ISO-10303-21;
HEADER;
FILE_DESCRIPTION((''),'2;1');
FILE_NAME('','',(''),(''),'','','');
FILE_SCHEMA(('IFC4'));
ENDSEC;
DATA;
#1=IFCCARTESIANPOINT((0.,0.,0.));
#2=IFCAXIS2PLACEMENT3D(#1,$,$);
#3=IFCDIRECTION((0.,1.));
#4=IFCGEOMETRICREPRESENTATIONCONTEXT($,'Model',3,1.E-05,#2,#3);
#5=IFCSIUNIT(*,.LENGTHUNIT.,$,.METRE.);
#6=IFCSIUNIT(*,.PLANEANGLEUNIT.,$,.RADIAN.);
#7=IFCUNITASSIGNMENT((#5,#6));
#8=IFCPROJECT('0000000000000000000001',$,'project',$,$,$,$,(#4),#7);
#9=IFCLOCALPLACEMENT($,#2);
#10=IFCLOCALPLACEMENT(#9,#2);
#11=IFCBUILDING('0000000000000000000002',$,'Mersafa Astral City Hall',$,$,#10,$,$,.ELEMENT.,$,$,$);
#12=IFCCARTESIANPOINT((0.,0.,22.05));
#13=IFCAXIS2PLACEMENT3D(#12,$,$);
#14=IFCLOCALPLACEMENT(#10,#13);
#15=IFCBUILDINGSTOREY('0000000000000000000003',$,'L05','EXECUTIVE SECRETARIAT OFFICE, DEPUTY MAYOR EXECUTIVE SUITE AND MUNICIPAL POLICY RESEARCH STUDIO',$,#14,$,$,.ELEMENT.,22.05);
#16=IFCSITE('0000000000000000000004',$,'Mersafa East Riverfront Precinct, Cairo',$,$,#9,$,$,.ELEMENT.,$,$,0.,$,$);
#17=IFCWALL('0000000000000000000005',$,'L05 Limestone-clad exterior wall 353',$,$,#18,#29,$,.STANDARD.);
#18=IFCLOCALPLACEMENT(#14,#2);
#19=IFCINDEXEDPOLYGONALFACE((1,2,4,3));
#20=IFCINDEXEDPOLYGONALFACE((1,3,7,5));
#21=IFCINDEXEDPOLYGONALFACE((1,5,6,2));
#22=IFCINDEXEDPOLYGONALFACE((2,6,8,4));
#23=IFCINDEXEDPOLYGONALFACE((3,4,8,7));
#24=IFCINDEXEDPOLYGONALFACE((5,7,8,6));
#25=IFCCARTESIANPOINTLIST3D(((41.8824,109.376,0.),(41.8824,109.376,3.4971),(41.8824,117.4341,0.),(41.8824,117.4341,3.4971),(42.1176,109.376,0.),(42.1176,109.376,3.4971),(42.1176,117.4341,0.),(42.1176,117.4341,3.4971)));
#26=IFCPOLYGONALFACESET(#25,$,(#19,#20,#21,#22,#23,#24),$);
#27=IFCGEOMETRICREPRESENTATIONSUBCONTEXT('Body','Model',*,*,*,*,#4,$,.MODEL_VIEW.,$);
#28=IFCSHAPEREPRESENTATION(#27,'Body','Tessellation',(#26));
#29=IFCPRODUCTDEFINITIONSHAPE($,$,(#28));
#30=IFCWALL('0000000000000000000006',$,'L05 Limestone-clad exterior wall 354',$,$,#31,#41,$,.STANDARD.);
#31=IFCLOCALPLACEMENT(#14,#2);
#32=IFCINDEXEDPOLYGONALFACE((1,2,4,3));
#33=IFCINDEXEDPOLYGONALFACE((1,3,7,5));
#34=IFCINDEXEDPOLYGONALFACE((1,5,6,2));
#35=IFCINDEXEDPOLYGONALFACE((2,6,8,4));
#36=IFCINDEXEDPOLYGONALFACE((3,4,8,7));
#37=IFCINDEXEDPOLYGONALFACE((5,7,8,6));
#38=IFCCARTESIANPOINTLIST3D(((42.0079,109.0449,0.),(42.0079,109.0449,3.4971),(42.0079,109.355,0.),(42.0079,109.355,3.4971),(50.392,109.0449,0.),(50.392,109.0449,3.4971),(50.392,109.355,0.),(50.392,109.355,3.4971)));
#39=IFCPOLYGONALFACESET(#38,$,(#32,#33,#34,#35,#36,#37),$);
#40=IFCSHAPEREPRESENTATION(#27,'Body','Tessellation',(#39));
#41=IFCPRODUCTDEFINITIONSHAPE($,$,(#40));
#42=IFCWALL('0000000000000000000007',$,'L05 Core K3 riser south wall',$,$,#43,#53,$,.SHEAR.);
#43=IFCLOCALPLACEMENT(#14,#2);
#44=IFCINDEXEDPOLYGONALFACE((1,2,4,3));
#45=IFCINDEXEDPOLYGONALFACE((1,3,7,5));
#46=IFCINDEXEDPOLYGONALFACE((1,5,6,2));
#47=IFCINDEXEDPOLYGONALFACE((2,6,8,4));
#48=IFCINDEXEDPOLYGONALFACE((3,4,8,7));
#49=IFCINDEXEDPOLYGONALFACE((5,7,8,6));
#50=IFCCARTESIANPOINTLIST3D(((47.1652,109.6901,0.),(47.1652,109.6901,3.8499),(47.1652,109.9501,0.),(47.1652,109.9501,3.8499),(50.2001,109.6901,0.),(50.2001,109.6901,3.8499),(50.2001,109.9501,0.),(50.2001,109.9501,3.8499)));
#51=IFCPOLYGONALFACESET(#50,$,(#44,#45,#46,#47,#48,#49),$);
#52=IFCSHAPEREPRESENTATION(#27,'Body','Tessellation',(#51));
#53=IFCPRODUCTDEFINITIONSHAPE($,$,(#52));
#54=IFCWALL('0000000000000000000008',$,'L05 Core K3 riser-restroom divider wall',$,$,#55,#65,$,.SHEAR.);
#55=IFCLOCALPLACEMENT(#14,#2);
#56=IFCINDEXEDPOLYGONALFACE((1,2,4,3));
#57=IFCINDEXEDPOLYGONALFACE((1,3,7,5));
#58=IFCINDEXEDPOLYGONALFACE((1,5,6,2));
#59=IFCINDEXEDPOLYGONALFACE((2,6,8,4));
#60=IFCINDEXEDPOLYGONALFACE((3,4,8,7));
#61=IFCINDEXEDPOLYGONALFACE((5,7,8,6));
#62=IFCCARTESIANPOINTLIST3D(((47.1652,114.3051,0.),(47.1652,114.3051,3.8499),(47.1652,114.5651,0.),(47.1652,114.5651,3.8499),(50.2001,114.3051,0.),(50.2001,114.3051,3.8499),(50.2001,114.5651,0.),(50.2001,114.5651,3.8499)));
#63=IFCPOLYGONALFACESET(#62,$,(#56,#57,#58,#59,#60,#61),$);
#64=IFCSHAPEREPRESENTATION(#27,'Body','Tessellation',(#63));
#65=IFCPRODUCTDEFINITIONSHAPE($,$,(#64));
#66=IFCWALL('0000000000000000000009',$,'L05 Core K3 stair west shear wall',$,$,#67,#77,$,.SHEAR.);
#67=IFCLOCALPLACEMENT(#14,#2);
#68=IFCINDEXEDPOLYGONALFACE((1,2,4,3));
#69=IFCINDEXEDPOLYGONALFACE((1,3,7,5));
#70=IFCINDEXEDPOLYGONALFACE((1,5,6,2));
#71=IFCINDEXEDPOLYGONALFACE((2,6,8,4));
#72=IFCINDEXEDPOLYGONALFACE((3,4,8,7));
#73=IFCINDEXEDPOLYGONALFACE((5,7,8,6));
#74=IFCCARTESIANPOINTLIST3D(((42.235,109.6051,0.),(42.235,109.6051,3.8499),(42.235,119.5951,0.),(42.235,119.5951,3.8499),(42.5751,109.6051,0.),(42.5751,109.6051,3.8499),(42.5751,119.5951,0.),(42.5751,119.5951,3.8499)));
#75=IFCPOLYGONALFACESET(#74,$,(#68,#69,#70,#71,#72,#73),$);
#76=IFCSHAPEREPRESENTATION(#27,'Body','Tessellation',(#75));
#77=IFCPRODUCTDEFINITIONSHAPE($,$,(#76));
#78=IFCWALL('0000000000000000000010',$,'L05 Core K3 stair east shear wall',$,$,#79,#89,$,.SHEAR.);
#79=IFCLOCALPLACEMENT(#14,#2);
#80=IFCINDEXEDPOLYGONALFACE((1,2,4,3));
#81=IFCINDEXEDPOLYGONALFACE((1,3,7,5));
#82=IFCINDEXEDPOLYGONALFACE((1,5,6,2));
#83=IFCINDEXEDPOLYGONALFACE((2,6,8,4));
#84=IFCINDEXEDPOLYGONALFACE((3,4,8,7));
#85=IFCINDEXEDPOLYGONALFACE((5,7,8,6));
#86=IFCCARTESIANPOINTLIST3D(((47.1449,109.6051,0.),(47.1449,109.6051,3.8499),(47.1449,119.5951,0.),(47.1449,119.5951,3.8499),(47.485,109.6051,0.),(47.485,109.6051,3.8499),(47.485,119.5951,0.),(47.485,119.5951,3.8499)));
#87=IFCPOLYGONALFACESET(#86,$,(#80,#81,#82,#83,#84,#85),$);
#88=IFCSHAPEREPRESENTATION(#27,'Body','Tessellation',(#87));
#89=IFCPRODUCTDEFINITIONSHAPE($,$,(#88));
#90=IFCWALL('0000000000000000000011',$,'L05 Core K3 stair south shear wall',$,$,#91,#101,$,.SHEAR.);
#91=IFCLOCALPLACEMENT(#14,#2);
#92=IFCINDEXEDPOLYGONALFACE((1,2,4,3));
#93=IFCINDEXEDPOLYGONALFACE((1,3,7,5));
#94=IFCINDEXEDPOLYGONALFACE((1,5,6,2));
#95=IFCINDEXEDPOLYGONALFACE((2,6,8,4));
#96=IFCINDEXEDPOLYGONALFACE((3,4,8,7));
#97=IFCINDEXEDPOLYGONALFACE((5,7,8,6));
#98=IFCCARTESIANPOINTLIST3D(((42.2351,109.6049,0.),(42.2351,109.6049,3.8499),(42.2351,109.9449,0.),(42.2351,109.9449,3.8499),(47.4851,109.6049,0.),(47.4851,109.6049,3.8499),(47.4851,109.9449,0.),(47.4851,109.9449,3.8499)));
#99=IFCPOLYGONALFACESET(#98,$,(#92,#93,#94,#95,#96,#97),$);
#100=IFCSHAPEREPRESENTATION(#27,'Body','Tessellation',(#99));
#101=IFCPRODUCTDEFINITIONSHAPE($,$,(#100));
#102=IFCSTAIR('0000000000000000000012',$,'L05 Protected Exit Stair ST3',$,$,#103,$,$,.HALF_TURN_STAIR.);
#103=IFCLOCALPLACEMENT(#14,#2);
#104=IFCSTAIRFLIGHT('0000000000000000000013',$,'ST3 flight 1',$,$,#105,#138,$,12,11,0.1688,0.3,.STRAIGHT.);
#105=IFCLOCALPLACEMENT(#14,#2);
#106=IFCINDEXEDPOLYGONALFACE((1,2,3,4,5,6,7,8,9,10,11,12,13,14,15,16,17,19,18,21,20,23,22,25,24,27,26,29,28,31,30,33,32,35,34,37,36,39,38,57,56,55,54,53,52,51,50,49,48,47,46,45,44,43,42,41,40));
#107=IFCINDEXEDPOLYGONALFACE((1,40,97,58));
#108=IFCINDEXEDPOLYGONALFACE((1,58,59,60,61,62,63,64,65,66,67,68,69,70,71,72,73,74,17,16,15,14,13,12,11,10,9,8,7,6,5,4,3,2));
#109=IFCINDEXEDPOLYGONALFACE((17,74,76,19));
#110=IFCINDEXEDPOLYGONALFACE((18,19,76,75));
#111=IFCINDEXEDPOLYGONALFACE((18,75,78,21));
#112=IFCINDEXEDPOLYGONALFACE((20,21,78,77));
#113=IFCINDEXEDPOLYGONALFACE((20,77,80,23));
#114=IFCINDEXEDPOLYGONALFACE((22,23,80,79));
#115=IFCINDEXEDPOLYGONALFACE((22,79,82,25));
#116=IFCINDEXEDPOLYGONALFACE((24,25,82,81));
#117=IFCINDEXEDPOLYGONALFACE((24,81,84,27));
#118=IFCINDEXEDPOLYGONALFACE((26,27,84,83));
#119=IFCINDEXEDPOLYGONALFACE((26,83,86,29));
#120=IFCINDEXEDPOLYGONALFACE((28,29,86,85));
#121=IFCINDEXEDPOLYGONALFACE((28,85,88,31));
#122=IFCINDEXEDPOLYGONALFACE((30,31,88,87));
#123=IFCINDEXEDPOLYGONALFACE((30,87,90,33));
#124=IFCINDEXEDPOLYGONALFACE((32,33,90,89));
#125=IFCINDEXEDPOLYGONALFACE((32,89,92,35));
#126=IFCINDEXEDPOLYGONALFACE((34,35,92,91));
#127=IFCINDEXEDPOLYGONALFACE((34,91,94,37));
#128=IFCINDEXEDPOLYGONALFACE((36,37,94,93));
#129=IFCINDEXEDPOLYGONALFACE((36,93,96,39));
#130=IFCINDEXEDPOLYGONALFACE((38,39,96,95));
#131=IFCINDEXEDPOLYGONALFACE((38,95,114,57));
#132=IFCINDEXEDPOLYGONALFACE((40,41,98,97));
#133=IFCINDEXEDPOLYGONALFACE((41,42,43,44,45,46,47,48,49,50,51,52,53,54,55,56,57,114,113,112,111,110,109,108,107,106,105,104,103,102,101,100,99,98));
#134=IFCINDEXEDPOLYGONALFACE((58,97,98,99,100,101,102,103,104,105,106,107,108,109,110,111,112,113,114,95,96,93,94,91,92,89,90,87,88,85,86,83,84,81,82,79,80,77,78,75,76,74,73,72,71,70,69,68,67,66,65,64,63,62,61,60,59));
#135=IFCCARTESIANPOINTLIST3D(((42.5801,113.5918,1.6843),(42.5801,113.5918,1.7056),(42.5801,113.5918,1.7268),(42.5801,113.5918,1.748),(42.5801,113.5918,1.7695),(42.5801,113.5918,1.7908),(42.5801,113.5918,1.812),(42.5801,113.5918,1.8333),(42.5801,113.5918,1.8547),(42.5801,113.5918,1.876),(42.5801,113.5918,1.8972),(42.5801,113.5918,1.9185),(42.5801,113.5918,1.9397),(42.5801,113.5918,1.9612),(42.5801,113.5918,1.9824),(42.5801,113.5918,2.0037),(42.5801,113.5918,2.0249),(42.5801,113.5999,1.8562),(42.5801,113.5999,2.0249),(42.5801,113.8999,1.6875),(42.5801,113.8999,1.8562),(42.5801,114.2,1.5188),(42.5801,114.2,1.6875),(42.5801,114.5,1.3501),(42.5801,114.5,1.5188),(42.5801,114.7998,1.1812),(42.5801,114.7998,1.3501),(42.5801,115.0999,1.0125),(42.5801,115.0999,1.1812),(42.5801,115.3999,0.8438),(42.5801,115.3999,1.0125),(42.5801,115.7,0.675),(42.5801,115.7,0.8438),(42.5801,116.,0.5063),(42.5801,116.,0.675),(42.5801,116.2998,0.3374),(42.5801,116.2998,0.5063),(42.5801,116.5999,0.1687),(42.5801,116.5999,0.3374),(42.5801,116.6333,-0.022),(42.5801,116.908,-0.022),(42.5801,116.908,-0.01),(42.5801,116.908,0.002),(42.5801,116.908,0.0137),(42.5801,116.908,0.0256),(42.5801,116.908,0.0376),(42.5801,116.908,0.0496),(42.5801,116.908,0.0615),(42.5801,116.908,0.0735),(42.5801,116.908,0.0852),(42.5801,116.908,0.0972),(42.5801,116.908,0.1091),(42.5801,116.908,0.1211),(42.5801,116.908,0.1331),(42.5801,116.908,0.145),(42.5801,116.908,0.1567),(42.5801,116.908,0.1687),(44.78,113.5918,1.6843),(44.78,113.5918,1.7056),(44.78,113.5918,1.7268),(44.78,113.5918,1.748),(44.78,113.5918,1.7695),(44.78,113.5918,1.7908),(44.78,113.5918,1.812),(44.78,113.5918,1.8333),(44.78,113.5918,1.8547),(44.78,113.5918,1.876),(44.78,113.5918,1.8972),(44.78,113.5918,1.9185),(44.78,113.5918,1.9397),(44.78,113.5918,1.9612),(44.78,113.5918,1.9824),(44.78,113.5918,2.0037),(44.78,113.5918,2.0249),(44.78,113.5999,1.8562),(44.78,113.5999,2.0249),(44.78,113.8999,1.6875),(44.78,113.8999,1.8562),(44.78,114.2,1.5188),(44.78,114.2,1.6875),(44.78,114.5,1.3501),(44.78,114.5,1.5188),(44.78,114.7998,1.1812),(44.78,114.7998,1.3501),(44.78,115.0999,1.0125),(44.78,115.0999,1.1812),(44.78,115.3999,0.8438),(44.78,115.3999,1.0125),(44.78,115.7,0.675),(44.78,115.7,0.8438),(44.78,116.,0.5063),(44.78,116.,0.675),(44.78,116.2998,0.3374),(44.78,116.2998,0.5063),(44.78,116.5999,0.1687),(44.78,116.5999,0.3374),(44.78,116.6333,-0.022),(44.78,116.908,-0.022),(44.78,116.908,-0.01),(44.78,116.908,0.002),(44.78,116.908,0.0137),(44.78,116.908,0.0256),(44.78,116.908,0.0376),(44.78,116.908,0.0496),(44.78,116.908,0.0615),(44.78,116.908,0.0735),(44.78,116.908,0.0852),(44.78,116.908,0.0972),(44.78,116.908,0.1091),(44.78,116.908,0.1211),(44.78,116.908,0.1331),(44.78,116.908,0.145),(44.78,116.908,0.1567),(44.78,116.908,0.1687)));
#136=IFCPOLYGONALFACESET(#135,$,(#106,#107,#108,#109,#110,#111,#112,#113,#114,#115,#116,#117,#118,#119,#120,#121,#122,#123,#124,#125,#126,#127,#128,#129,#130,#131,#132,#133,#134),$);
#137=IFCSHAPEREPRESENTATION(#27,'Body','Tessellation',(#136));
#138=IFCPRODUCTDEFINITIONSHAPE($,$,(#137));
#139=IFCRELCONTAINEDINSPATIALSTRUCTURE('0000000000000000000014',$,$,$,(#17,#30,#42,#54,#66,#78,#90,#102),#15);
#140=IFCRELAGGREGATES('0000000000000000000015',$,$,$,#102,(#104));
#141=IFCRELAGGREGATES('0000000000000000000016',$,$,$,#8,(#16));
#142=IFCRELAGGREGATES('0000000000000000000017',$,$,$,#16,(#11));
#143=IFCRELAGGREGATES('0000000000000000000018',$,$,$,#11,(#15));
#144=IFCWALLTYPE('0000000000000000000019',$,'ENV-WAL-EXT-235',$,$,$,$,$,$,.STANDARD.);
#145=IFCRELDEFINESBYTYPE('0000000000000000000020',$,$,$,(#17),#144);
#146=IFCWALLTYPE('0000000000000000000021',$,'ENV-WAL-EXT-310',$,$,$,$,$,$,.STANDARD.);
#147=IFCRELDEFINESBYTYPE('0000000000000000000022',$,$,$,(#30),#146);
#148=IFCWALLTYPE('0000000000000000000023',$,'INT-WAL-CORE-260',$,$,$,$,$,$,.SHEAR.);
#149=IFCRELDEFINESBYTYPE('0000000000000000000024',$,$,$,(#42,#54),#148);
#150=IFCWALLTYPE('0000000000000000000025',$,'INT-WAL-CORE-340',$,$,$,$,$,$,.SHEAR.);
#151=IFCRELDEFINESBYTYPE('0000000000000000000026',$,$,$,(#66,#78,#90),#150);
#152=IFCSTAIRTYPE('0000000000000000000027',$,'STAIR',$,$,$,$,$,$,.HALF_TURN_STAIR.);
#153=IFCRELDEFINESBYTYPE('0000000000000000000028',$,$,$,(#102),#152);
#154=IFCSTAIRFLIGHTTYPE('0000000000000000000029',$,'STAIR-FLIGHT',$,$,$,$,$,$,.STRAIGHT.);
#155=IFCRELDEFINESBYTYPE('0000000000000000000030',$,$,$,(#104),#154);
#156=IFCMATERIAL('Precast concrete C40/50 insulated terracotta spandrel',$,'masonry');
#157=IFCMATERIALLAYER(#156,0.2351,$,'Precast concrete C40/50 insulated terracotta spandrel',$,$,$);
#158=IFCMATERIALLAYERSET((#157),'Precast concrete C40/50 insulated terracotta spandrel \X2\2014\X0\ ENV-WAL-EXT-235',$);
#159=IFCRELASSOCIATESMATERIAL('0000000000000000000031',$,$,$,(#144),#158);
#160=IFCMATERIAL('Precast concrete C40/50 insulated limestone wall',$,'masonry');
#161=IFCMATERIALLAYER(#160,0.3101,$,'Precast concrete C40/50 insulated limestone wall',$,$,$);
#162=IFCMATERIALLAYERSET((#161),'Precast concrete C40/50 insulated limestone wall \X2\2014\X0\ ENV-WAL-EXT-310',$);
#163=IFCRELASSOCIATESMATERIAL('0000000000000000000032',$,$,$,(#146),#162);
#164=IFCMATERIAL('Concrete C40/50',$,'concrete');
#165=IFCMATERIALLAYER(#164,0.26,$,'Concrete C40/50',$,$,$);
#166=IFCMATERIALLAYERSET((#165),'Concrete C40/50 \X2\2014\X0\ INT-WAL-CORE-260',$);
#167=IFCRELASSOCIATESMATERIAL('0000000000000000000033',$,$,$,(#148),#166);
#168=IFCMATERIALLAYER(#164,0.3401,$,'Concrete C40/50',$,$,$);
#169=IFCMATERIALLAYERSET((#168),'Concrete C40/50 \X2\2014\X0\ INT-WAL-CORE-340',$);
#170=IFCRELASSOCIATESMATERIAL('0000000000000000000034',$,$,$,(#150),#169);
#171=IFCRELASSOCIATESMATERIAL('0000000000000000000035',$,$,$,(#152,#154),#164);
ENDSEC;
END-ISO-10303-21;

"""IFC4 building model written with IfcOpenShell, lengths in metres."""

from ifc_helpers import new_model, si_unit, direction, frame, frame_2d, origin, place, context, subcontext, project, spatial, polyline, rectangle, outline, extrude, material, layer, layer_set, type_object, element, aggregate, save


model = new_model("IFC4")

# Units and contexts
model_context = context("Model", 3, precision=1e-05, world=origin(), true_north=direction((0.0, 1.0)))
body_context = subcontext(model_context, "Body", "Model", "MODEL_VIEW")
ifc_project = project(units=[si_unit("LENGTHUNIT", "METRE"), si_unit("PLANEANGLEUNIT", "RADIAN")], contexts=[model_context])

# Site, building, storey
site_placement = place(None, origin())
site = spatial("IfcSite", under=ifc_project, at=site_placement, Name="Mersafa East Riverfront Precinct, Cairo", CompositionType="ELEMENT", RefElevation=0.0)
building_placement = place(site_placement, origin())
building = spatial("IfcBuilding", under=site, at=building_placement, Name="Mersafa Astral City Hall", CompositionType="ELEMENT")
storey_placement = place(building_placement, frame((0.0, 0.0, 22.05)))
storey = spatial("IfcBuildingStorey", under=building, at=storey_placement, Name="L05", Description="EXECUTIVE SECRETARIAT OFFICE, DEPUTY MAYOR EXECUTIVE SUITE AND MUNICIPAL POLICY RESEARCH STUDIO", CompositionType="ELEMENT", Elevation=22.05)

# Walls
ifc_material_1 = material(Name="Precast concrete C40/50 insulated terracotta spandrel", Category="masonry")
ifc_layer_1 = layer(ifc_material_1, 0.2351, Name="Precast concrete C40/50 insulated terracotta spandrel")
ifc_layer_set_1 = layer_set([ifc_layer_1], Name="Precast concrete C40/50 insulated terracotta spandrel — ENV-WAL-EXT-235")
wall_type_1 = type_object("IfcWallType", Name="ENV-WAL-EXT-235", PredefinedType="STANDARD", material=ifc_layer_set_1)
wall_1_placement = place(storey_placement, frame((42.0, 117.4341, 0.0), z_axis=(0.0, 0.0, 1.0), x_axis=(0.0, -1.0, 0.0)))
element("IfcWall", 1, at=wall_1_placement, inside=storey, type_object=wall_type_1, Name="L05 Limestone-clad exterior wall 353", PredefinedType="STANDARD", context=body_context, shape_type="SweptSolid", body=[
    extrude(rectangle(XDim=8.0581, YDim=0.2351, at=frame_2d((4.0291, 0.0))), origin(), (0.0, 0.0, 1.0), 3.4971),
])
ifc_material_2 = material(Name="Precast concrete C40/50 insulated limestone wall", Category="masonry")
ifc_layer_2 = layer(ifc_material_2, 0.3101, Name="Precast concrete C40/50 insulated limestone wall")
ifc_layer_set_2 = layer_set([ifc_layer_2], Name="Precast concrete C40/50 insulated limestone wall — ENV-WAL-EXT-310")
wall_type_2 = type_object("IfcWallType", Name="ENV-WAL-EXT-310", PredefinedType="STANDARD", material=ifc_layer_set_2)
wall_2_placement = place(storey_placement, frame((42.0081, 109.2, 0.0), z_axis=(0.0, 0.0, 1.0), x_axis=(1.0, 0.0, 0.0)))
element("IfcWall", 2, at=wall_2_placement, inside=storey, type_object=wall_type_2, Name="L05 Limestone-clad exterior wall 354", PredefinedType="STANDARD", context=body_context, shape_type="SweptSolid", body=[
    extrude(rectangle(XDim=8.384, YDim=0.3101, at=frame_2d((4.1919, 0.0))), origin(), (0.0, 0.0, 1.0), 3.4971),
])
ifc_material_3 = material(Name="Concrete C40/50", Category="concrete")
ifc_layer_3 = layer(ifc_material_3, 0.26, Name="Concrete C40/50")
ifc_layer_set_3 = layer_set([ifc_layer_3], Name="Concrete C40/50 — INT-WAL-CORE-260")
wall_type_3 = type_object("IfcWallType", Name="INT-WAL-CORE-260", PredefinedType="SHEAR", material=ifc_layer_set_3)
for number, where, z_axis, x_axis, name in (
    (3, (47.165, 109.8201, 0.0), (0.0, 0.0, 1.0), (1.0, 0.0, 0.0), "L05 Core K3 riser south wall"),
    (4, (47.165, 114.4351, 0.0), (0.0, 0.0, 1.0), (1.0, 0.0, 0.0), "L05 Core K3 riser-restroom divider wall"),
):
    element("IfcWall", number, at=place(storey_placement, frame(where, z_axis=z_axis, x_axis=x_axis)), inside=storey, type_object=wall_type_3, Name=name, PredefinedType="SHEAR", context=body_context, shape_type="SweptSolid", body=[
        extrude(rectangle(XDim=3.0349, YDim=0.26, at=frame_2d((1.5176, 0.0))), origin(), (0.0, 0.0, 1.0), 3.8499),
    ])
ifc_layer_4 = layer(ifc_material_3, 0.3401, Name="Concrete C40/50")
ifc_layer_set_4 = layer_set([ifc_layer_4], Name="Concrete C40/50 — INT-WAL-CORE-340")
wall_type_4 = type_object("IfcWallType", Name="INT-WAL-CORE-340", PredefinedType="SHEAR", material=ifc_layer_set_4)
for number, where, z_axis, x_axis, name in (
    (5, (42.405, 109.605, 0.0), (0.0, 0.0, 1.0), (0.0, 1.0, 0.0), "L05 Core K3 stair west shear wall"),
    (6, (47.3149, 109.605, 0.0), (0.0, 0.0, 1.0), (0.0, 1.0, 0.0), "L05 Core K3 stair east shear wall"),
):
    element("IfcWall", number, at=place(storey_placement, frame(where, z_axis=z_axis, x_axis=x_axis)), inside=storey, type_object=wall_type_4, Name=name, PredefinedType="SHEAR", context=body_context, shape_type="SweptSolid", body=[
        extrude(rectangle(XDim=9.99, YDim=0.3401, at=frame_2d((4.9951, 0.0))), origin(), (0.0, 0.0, 1.0), 3.8499),
    ])
wall_3_placement = place(storey_placement, frame((42.2351, 109.7749, 0.0), z_axis=(0.0, 0.0, 1.0), x_axis=(1.0, 0.0, 0.0)))
element("IfcWall", 7, at=wall_3_placement, inside=storey, type_object=wall_type_4, Name="L05 Core K3 stair south shear wall", PredefinedType="SHEAR", context=body_context, shape_type="SweptSolid", body=[
    extrude(rectangle(XDim=5.25, YDim=0.3401, at=frame_2d((2.625, 0.0))), origin(), (0.0, 0.0, 1.0), 3.8499),
])

# Stair, stair flight
stair_type = type_object("IfcStairType", Name="STAIR", PredefinedType="HALF_TURN_STAIR", material=ifc_material_3)
stair_placement = place(storey_placement, origin())
stair = element("IfcStair", 8, at=stair_placement, inside=storey, type_object=stair_type, Name="L05 Protected Exit Stair ST3", PredefinedType="HALF_TURN_STAIR")
stair_flight_type = type_object("IfcStairFlightType", Name="STAIR-FLIGHT", PredefinedType="STRAIGHT", material=ifc_material_3)
stair_flight_1_placement = place(storey_placement, frame((43.6799, 116.8999, 0.0), z_axis=(0.0, 0.0, 1.0), x_axis=(0.0, -1.0, 0.0)))
stair_flight_1 = element("IfcStairFlight", 9, at=stair_flight_1_placement, type_object=stair_flight_type, Name="ST3 flight 1", NumberOfRisers=12, NumberOfTreads=11, PredefinedType="STRAIGHT", RiserHeight=0.1688, TreadLength=0.3, context=body_context, shape_type="SweptSolid", body=[
    extrude(outline(polyline([(-0.0081, -0.022), (-0.0081, -0.01), (-0.0081, 0.002), (-0.0081, 0.0137), (-0.0081, 0.0256), (-0.0081, 0.0376), (-0.0081, 0.0496), (-0.0081, 0.0615), (-0.0081, 0.0735), (-0.0081, 0.0852), (-0.0081, 0.0972), (-0.0081, 0.1091), (-0.0081, 0.1211), (-0.0081, 0.1331), (-0.0081, 0.145), (-0.0081, 0.1567), (-0.0081, 0.1687), (0.3, 0.1687), (0.3, 0.3374), (0.6001, 0.3374), (0.6001, 0.5063), (0.8999, 0.5063), (0.8999, 0.675), (1.2, 0.675), (1.2, 0.8438), (1.5, 0.8438), (1.5, 1.0125), (1.8, 1.0125), (1.8, 1.1812), (2.1001, 1.1812), (2.1001, 1.3501), (2.3999, 1.3501), (2.3999, 1.5188), (2.7, 1.5188), (2.7, 1.6875), (3.0, 1.6875), (3.0, 1.8562), (3.3, 1.8562), (3.3, 2.0249), (3.3081, 2.0249), (3.3081, 2.0037), (3.3081, 1.9824), (3.3081, 1.9612), (3.3081, 1.9397), (3.3081, 1.9185), (3.3081, 1.8972), (3.3081, 1.876), (3.3081, 1.8547), (3.3081, 1.8333), (3.3081, 1.812), (3.3081, 1.7908), (3.3081, 1.7695), (3.3081, 1.748), (3.3081, 1.7268), (3.3081, 1.7056), (3.3081, 1.6843), (0.2666, -0.022), (-0.0081, -0.022)])), frame((0.0, 1.1001, 0.0), z_axis=(0.0, -1.0, 0.0), x_axis=(1.0, 0.0, 0.0)), (0.0, 0.0, 1.0), 2.2),
])
aggregate(stair, [stair_flight_1])

save(model, "model.ifc")
